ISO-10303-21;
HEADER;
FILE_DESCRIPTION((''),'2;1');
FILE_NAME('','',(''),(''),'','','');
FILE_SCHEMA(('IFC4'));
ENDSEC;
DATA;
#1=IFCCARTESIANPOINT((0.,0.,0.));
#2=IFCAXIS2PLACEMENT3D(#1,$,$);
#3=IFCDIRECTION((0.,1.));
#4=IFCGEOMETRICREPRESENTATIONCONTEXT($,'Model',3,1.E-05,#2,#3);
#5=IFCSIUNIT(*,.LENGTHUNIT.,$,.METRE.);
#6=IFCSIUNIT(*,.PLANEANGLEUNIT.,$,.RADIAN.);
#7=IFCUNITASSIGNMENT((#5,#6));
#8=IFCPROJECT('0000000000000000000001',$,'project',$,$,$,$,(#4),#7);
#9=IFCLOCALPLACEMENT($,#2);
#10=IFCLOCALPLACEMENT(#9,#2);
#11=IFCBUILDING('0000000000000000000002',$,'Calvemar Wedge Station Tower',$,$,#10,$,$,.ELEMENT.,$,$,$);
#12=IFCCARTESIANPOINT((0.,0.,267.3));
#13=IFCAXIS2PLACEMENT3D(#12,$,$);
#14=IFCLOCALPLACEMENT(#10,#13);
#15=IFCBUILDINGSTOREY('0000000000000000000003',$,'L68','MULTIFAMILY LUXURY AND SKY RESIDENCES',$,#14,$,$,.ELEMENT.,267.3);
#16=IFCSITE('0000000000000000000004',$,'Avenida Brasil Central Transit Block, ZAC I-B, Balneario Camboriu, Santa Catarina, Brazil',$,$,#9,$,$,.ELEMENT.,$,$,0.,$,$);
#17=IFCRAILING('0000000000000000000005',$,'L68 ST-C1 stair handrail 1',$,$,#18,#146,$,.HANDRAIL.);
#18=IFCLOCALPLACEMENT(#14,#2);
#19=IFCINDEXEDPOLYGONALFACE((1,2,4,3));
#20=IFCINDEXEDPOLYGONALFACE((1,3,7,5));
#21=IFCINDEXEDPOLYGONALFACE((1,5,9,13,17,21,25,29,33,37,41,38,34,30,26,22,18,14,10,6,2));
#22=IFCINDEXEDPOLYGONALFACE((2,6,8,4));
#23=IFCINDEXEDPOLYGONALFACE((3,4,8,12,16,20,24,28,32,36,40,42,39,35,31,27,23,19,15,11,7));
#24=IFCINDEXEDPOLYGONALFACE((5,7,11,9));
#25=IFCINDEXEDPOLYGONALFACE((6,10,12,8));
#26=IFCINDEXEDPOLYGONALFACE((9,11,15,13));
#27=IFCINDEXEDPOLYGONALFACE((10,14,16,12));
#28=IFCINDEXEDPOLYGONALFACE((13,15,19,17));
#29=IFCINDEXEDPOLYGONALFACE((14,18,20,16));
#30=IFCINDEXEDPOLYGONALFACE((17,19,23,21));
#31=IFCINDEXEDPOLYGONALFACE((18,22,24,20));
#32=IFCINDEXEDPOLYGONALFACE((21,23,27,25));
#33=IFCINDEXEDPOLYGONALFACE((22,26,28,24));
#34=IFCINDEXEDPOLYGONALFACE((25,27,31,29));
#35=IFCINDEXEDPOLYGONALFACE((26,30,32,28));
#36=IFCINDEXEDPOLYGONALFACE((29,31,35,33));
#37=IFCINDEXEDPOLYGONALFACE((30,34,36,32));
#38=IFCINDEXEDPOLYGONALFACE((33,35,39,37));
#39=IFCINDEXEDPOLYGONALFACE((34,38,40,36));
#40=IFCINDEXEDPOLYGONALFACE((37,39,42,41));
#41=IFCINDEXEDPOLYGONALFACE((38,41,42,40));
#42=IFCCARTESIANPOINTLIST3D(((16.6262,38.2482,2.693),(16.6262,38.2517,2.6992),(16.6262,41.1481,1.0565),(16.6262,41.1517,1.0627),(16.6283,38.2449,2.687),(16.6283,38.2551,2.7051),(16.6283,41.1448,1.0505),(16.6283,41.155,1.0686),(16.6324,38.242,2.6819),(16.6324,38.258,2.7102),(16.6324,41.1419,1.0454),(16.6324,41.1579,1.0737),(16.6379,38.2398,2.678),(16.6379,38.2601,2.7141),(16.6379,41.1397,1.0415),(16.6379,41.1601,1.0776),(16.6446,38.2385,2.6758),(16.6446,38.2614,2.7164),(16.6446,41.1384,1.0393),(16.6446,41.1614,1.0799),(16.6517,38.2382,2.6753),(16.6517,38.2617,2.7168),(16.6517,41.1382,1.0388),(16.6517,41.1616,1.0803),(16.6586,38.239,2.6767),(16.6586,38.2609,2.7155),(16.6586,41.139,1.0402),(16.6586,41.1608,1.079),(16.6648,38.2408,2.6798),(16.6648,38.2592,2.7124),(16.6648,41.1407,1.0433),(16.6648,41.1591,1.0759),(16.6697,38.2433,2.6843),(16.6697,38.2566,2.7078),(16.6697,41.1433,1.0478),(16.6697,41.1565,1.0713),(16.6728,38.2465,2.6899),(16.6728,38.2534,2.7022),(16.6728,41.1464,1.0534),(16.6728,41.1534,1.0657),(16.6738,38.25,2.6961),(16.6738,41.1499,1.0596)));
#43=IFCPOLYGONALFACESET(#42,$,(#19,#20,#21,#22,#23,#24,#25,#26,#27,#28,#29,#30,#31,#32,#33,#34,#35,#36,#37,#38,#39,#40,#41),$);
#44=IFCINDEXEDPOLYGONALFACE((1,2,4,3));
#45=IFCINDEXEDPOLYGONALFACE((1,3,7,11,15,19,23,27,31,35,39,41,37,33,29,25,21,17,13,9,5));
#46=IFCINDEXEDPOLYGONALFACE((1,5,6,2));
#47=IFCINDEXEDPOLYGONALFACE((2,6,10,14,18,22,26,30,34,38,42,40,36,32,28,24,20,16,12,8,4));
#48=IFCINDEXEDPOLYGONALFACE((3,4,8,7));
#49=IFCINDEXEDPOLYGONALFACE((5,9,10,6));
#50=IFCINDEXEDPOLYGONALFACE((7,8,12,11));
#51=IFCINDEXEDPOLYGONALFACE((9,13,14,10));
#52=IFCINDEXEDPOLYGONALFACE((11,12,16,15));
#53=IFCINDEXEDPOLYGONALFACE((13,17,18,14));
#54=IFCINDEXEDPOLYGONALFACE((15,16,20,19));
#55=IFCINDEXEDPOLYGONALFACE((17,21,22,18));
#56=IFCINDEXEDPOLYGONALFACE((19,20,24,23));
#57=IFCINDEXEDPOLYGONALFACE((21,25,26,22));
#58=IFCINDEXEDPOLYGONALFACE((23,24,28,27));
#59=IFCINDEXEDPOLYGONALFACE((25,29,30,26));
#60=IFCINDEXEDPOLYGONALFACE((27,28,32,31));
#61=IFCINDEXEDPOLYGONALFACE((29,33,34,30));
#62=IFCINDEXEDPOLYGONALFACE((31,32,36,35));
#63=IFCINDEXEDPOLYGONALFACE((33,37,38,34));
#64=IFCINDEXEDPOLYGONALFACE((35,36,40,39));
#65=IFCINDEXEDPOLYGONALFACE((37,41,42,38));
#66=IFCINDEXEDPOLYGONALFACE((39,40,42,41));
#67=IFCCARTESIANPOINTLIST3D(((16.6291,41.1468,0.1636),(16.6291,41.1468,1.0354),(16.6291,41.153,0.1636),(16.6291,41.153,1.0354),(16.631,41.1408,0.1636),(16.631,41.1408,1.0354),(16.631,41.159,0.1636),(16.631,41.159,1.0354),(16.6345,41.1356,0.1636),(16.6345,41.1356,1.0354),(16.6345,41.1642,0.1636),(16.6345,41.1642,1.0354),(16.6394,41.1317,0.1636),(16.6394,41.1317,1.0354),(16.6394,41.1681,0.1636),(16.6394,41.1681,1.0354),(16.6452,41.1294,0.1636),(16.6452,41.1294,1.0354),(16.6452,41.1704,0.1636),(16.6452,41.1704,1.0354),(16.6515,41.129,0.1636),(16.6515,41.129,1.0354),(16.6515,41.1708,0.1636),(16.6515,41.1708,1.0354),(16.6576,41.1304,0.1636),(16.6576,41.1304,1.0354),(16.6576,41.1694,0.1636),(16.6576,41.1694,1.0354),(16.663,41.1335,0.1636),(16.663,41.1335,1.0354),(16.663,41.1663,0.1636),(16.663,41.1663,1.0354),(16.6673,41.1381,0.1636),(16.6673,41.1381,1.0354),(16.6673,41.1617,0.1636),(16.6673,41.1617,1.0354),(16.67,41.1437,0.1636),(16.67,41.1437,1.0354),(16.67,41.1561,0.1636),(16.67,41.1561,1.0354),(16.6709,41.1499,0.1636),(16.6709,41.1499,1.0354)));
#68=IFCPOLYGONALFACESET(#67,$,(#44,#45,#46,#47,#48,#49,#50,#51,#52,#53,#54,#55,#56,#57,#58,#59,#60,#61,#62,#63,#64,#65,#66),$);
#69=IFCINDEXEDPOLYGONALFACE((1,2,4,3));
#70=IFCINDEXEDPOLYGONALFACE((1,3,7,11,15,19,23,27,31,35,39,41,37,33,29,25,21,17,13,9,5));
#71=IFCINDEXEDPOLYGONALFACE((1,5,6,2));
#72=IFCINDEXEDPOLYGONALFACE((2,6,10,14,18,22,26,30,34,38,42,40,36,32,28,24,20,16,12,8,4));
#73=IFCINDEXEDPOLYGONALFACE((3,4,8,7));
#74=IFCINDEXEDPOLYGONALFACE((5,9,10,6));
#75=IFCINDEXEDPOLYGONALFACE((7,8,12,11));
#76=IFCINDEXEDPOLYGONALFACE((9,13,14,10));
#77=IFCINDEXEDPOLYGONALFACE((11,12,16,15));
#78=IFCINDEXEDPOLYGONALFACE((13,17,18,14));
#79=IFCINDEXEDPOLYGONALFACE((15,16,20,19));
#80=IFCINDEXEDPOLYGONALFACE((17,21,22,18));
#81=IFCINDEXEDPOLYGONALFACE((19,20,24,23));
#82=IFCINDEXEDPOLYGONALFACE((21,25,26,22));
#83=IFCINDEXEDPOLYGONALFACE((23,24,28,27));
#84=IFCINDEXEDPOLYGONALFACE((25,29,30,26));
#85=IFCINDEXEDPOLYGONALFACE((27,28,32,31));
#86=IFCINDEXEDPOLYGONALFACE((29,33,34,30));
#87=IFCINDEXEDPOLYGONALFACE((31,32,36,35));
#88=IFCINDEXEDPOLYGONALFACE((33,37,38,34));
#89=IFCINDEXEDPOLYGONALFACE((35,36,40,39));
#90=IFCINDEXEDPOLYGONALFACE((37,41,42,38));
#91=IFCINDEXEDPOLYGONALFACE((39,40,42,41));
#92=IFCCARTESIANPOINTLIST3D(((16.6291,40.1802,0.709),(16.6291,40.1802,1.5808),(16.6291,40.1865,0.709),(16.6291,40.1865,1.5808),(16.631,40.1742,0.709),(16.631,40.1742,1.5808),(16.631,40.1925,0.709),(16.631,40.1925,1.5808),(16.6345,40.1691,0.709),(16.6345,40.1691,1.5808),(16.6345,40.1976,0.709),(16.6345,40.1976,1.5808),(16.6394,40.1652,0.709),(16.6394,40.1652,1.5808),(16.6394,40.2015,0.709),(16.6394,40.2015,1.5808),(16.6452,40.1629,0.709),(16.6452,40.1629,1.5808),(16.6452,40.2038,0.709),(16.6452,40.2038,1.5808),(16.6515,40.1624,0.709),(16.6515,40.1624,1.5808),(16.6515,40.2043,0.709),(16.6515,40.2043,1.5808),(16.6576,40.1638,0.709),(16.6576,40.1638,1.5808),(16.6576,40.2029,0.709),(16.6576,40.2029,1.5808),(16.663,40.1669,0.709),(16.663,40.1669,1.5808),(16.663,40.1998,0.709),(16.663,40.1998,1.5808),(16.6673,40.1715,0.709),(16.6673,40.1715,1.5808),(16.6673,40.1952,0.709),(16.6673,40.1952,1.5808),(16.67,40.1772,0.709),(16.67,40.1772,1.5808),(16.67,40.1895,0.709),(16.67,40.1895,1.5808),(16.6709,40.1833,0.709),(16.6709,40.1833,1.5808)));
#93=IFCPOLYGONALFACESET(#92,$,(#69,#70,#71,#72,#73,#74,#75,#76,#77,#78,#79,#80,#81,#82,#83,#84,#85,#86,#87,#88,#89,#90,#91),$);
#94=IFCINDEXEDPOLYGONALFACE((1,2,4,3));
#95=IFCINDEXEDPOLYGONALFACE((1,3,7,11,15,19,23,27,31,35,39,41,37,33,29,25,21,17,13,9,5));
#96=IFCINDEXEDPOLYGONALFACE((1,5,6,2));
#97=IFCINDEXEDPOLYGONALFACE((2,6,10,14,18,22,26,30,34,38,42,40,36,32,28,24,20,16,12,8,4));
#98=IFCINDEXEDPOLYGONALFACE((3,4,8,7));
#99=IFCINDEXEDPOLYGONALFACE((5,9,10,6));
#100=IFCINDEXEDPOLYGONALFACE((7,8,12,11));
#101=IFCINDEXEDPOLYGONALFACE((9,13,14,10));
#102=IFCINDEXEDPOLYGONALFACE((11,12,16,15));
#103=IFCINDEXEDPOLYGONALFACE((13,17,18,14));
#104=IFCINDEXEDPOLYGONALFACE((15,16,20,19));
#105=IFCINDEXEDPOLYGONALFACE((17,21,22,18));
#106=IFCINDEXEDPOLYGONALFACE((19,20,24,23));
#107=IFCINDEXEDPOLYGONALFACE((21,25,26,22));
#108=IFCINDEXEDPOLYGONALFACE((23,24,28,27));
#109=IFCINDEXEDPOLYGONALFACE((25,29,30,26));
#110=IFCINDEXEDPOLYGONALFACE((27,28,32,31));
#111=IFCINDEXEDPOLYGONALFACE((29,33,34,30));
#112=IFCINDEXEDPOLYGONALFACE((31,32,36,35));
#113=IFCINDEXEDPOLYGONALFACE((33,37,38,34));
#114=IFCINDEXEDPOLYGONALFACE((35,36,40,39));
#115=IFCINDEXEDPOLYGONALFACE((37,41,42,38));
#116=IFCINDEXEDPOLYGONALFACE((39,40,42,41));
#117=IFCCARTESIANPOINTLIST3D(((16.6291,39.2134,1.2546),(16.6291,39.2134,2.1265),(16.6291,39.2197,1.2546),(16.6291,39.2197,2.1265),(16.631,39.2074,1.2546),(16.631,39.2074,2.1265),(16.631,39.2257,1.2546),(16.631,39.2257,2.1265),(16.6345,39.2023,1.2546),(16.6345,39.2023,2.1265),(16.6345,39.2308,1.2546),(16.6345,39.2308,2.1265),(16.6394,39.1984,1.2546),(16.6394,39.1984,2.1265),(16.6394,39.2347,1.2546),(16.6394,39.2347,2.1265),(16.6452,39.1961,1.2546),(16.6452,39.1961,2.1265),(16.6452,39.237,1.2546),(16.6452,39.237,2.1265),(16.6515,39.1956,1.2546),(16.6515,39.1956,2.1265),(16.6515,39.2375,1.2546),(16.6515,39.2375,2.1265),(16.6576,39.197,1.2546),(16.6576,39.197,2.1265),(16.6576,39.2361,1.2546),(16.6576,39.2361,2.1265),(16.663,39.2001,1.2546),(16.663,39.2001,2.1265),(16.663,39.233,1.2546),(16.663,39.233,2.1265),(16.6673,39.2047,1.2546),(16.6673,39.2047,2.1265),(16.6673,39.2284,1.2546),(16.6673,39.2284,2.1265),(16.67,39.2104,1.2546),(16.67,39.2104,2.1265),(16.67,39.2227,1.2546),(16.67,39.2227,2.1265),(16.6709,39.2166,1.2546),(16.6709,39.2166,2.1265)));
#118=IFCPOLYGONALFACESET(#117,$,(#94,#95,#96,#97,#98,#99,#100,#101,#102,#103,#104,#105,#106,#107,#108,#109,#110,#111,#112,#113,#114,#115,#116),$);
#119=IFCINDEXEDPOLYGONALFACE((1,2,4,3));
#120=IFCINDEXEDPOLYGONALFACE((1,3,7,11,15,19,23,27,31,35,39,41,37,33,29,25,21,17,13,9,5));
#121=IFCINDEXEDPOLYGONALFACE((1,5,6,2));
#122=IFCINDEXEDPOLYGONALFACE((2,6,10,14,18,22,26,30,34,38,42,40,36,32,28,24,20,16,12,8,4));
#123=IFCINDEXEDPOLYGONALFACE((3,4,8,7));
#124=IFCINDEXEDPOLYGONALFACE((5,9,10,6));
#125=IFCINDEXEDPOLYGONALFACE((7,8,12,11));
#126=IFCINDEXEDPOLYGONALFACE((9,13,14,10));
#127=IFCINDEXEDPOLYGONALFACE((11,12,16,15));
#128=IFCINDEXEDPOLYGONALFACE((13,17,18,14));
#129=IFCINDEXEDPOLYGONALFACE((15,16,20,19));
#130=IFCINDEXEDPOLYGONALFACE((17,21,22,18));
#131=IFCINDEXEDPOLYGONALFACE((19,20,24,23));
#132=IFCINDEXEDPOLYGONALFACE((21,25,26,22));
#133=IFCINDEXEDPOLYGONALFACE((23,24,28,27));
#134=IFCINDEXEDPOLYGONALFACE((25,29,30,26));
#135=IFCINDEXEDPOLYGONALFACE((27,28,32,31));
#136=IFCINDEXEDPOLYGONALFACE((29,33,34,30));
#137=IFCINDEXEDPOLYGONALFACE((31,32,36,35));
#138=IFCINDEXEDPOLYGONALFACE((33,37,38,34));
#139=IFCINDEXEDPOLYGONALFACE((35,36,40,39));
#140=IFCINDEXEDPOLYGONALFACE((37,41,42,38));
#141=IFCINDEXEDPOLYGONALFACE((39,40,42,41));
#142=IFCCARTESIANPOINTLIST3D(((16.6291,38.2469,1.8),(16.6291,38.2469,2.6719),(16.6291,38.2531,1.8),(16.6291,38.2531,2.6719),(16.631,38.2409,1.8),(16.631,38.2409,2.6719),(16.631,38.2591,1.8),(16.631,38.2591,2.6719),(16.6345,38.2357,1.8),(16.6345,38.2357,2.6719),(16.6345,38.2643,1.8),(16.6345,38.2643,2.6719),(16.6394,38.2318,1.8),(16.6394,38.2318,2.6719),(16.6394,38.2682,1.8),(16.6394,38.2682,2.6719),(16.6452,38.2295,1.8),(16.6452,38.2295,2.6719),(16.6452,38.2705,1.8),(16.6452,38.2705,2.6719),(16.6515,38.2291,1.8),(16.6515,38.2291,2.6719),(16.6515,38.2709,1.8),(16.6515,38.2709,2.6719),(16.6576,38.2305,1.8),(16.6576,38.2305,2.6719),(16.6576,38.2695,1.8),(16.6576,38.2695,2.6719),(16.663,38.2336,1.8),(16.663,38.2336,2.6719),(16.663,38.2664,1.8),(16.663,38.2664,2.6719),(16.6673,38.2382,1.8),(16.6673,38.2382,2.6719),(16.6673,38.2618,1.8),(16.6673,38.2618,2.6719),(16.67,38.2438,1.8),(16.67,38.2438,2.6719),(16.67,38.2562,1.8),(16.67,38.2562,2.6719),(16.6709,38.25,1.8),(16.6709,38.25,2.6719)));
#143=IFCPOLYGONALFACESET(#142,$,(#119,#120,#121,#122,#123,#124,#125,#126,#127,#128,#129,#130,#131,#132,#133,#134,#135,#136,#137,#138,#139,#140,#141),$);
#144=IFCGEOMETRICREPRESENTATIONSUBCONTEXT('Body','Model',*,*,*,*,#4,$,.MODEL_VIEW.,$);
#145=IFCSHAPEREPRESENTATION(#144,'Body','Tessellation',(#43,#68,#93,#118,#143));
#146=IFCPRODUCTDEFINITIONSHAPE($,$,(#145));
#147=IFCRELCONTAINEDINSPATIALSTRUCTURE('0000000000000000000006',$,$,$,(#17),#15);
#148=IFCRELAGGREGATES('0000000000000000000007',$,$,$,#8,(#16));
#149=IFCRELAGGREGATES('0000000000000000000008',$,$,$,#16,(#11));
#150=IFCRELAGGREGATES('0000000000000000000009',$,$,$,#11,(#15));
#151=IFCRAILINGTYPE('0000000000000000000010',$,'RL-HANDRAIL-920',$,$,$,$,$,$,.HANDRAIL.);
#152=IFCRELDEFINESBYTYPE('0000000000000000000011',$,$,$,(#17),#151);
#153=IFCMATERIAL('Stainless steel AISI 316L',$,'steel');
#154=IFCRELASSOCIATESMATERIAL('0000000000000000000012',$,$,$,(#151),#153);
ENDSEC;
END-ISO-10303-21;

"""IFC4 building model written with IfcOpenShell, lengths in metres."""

from ifc_helpers import new_model, si_unit, direction, frame, origin, origin_2d, place, context, subcontext, project, spatial, circle, extrude, material, type_object, element, save


model = new_model("IFC4")

# Units and contexts
model_context = context("Model", 3, precision=1e-05, world=origin(), true_north=direction((0.0, 1.0)))
body_context = subcontext(model_context, "Body", "Model", "MODEL_VIEW")
ifc_project = project(units=[si_unit("LENGTHUNIT", "METRE"), si_unit("PLANEANGLEUNIT", "RADIAN")], contexts=[model_context])

# Site, building, storey
site_placement = place(None, origin())
site = spatial("IfcSite", under=ifc_project, at=site_placement, Name="Avenida Brasil Central Transit Block, ZAC I-B, Balneario Camboriu, Santa Catarina, Brazil", CompositionType="ELEMENT", RefElevation=0.0)
building_placement = place(site_placement, origin())
building = spatial("IfcBuilding", under=site, at=building_placement, Name="Calvemar Wedge Station Tower", CompositionType="ELEMENT")
storey_placement = place(building_placement, frame((0.0, 0.0, 267.3)))
storey = spatial("IfcBuildingStorey", under=building, at=storey_placement, Name="L68", Description="MULTIFAMILY LUXURY AND SKY RESIDENCES", CompositionType="ELEMENT", Elevation=267.3)

# Railing
ifc_material_1 = material(Name="Stainless steel AISI 316L", Category="steel")
railing_type_1 = type_object("IfcRailingType", Name="RL-HANDRAIL-920", PredefinedType="HANDRAIL", material=ifc_material_1)
railing_1_placement = place(storey_placement, frame((16.6499, 41.1499, 0.1636)))
element("IfcRailing", 1, at=railing_1_placement, inside=storey, type_object=railing_type_1, Name="L68 ST-C1 stair handrail 1", PredefinedType="HANDRAIL", context=body_context, shape_type="SweptSolid", body=[
    extrude(circle(Radius=0.0239, at=origin_2d()), frame((0.0, 0.0, 0.896), z_axis=(0.0, -0.870897, 0.491465), x_axis=(1.0, 0.0, 0.0)), (0.0, 0.0, 1.0), 3.3298),
    extrude(circle(Radius=0.021, at=origin_2d()), origin(), (0.0, 0.0, 1.0), 0.8718),
    extrude(circle(Radius=0.021, at=origin_2d()), frame((0.0, -0.9666, 0.5454)), (0.0, 0.0, 1.0), 0.8718),
    extrude(circle(Radius=0.021, at=origin_2d()), frame((0.0, -1.9333, 1.0911)), (0.0, 0.0, 1.0), 0.8718),
    extrude(circle(Radius=0.021, at=origin_2d()), frame((0.0, -2.8999, 1.6365)), (0.0, 0.0, 1.0), 0.8718),
])

save(model, "model.ifc")
